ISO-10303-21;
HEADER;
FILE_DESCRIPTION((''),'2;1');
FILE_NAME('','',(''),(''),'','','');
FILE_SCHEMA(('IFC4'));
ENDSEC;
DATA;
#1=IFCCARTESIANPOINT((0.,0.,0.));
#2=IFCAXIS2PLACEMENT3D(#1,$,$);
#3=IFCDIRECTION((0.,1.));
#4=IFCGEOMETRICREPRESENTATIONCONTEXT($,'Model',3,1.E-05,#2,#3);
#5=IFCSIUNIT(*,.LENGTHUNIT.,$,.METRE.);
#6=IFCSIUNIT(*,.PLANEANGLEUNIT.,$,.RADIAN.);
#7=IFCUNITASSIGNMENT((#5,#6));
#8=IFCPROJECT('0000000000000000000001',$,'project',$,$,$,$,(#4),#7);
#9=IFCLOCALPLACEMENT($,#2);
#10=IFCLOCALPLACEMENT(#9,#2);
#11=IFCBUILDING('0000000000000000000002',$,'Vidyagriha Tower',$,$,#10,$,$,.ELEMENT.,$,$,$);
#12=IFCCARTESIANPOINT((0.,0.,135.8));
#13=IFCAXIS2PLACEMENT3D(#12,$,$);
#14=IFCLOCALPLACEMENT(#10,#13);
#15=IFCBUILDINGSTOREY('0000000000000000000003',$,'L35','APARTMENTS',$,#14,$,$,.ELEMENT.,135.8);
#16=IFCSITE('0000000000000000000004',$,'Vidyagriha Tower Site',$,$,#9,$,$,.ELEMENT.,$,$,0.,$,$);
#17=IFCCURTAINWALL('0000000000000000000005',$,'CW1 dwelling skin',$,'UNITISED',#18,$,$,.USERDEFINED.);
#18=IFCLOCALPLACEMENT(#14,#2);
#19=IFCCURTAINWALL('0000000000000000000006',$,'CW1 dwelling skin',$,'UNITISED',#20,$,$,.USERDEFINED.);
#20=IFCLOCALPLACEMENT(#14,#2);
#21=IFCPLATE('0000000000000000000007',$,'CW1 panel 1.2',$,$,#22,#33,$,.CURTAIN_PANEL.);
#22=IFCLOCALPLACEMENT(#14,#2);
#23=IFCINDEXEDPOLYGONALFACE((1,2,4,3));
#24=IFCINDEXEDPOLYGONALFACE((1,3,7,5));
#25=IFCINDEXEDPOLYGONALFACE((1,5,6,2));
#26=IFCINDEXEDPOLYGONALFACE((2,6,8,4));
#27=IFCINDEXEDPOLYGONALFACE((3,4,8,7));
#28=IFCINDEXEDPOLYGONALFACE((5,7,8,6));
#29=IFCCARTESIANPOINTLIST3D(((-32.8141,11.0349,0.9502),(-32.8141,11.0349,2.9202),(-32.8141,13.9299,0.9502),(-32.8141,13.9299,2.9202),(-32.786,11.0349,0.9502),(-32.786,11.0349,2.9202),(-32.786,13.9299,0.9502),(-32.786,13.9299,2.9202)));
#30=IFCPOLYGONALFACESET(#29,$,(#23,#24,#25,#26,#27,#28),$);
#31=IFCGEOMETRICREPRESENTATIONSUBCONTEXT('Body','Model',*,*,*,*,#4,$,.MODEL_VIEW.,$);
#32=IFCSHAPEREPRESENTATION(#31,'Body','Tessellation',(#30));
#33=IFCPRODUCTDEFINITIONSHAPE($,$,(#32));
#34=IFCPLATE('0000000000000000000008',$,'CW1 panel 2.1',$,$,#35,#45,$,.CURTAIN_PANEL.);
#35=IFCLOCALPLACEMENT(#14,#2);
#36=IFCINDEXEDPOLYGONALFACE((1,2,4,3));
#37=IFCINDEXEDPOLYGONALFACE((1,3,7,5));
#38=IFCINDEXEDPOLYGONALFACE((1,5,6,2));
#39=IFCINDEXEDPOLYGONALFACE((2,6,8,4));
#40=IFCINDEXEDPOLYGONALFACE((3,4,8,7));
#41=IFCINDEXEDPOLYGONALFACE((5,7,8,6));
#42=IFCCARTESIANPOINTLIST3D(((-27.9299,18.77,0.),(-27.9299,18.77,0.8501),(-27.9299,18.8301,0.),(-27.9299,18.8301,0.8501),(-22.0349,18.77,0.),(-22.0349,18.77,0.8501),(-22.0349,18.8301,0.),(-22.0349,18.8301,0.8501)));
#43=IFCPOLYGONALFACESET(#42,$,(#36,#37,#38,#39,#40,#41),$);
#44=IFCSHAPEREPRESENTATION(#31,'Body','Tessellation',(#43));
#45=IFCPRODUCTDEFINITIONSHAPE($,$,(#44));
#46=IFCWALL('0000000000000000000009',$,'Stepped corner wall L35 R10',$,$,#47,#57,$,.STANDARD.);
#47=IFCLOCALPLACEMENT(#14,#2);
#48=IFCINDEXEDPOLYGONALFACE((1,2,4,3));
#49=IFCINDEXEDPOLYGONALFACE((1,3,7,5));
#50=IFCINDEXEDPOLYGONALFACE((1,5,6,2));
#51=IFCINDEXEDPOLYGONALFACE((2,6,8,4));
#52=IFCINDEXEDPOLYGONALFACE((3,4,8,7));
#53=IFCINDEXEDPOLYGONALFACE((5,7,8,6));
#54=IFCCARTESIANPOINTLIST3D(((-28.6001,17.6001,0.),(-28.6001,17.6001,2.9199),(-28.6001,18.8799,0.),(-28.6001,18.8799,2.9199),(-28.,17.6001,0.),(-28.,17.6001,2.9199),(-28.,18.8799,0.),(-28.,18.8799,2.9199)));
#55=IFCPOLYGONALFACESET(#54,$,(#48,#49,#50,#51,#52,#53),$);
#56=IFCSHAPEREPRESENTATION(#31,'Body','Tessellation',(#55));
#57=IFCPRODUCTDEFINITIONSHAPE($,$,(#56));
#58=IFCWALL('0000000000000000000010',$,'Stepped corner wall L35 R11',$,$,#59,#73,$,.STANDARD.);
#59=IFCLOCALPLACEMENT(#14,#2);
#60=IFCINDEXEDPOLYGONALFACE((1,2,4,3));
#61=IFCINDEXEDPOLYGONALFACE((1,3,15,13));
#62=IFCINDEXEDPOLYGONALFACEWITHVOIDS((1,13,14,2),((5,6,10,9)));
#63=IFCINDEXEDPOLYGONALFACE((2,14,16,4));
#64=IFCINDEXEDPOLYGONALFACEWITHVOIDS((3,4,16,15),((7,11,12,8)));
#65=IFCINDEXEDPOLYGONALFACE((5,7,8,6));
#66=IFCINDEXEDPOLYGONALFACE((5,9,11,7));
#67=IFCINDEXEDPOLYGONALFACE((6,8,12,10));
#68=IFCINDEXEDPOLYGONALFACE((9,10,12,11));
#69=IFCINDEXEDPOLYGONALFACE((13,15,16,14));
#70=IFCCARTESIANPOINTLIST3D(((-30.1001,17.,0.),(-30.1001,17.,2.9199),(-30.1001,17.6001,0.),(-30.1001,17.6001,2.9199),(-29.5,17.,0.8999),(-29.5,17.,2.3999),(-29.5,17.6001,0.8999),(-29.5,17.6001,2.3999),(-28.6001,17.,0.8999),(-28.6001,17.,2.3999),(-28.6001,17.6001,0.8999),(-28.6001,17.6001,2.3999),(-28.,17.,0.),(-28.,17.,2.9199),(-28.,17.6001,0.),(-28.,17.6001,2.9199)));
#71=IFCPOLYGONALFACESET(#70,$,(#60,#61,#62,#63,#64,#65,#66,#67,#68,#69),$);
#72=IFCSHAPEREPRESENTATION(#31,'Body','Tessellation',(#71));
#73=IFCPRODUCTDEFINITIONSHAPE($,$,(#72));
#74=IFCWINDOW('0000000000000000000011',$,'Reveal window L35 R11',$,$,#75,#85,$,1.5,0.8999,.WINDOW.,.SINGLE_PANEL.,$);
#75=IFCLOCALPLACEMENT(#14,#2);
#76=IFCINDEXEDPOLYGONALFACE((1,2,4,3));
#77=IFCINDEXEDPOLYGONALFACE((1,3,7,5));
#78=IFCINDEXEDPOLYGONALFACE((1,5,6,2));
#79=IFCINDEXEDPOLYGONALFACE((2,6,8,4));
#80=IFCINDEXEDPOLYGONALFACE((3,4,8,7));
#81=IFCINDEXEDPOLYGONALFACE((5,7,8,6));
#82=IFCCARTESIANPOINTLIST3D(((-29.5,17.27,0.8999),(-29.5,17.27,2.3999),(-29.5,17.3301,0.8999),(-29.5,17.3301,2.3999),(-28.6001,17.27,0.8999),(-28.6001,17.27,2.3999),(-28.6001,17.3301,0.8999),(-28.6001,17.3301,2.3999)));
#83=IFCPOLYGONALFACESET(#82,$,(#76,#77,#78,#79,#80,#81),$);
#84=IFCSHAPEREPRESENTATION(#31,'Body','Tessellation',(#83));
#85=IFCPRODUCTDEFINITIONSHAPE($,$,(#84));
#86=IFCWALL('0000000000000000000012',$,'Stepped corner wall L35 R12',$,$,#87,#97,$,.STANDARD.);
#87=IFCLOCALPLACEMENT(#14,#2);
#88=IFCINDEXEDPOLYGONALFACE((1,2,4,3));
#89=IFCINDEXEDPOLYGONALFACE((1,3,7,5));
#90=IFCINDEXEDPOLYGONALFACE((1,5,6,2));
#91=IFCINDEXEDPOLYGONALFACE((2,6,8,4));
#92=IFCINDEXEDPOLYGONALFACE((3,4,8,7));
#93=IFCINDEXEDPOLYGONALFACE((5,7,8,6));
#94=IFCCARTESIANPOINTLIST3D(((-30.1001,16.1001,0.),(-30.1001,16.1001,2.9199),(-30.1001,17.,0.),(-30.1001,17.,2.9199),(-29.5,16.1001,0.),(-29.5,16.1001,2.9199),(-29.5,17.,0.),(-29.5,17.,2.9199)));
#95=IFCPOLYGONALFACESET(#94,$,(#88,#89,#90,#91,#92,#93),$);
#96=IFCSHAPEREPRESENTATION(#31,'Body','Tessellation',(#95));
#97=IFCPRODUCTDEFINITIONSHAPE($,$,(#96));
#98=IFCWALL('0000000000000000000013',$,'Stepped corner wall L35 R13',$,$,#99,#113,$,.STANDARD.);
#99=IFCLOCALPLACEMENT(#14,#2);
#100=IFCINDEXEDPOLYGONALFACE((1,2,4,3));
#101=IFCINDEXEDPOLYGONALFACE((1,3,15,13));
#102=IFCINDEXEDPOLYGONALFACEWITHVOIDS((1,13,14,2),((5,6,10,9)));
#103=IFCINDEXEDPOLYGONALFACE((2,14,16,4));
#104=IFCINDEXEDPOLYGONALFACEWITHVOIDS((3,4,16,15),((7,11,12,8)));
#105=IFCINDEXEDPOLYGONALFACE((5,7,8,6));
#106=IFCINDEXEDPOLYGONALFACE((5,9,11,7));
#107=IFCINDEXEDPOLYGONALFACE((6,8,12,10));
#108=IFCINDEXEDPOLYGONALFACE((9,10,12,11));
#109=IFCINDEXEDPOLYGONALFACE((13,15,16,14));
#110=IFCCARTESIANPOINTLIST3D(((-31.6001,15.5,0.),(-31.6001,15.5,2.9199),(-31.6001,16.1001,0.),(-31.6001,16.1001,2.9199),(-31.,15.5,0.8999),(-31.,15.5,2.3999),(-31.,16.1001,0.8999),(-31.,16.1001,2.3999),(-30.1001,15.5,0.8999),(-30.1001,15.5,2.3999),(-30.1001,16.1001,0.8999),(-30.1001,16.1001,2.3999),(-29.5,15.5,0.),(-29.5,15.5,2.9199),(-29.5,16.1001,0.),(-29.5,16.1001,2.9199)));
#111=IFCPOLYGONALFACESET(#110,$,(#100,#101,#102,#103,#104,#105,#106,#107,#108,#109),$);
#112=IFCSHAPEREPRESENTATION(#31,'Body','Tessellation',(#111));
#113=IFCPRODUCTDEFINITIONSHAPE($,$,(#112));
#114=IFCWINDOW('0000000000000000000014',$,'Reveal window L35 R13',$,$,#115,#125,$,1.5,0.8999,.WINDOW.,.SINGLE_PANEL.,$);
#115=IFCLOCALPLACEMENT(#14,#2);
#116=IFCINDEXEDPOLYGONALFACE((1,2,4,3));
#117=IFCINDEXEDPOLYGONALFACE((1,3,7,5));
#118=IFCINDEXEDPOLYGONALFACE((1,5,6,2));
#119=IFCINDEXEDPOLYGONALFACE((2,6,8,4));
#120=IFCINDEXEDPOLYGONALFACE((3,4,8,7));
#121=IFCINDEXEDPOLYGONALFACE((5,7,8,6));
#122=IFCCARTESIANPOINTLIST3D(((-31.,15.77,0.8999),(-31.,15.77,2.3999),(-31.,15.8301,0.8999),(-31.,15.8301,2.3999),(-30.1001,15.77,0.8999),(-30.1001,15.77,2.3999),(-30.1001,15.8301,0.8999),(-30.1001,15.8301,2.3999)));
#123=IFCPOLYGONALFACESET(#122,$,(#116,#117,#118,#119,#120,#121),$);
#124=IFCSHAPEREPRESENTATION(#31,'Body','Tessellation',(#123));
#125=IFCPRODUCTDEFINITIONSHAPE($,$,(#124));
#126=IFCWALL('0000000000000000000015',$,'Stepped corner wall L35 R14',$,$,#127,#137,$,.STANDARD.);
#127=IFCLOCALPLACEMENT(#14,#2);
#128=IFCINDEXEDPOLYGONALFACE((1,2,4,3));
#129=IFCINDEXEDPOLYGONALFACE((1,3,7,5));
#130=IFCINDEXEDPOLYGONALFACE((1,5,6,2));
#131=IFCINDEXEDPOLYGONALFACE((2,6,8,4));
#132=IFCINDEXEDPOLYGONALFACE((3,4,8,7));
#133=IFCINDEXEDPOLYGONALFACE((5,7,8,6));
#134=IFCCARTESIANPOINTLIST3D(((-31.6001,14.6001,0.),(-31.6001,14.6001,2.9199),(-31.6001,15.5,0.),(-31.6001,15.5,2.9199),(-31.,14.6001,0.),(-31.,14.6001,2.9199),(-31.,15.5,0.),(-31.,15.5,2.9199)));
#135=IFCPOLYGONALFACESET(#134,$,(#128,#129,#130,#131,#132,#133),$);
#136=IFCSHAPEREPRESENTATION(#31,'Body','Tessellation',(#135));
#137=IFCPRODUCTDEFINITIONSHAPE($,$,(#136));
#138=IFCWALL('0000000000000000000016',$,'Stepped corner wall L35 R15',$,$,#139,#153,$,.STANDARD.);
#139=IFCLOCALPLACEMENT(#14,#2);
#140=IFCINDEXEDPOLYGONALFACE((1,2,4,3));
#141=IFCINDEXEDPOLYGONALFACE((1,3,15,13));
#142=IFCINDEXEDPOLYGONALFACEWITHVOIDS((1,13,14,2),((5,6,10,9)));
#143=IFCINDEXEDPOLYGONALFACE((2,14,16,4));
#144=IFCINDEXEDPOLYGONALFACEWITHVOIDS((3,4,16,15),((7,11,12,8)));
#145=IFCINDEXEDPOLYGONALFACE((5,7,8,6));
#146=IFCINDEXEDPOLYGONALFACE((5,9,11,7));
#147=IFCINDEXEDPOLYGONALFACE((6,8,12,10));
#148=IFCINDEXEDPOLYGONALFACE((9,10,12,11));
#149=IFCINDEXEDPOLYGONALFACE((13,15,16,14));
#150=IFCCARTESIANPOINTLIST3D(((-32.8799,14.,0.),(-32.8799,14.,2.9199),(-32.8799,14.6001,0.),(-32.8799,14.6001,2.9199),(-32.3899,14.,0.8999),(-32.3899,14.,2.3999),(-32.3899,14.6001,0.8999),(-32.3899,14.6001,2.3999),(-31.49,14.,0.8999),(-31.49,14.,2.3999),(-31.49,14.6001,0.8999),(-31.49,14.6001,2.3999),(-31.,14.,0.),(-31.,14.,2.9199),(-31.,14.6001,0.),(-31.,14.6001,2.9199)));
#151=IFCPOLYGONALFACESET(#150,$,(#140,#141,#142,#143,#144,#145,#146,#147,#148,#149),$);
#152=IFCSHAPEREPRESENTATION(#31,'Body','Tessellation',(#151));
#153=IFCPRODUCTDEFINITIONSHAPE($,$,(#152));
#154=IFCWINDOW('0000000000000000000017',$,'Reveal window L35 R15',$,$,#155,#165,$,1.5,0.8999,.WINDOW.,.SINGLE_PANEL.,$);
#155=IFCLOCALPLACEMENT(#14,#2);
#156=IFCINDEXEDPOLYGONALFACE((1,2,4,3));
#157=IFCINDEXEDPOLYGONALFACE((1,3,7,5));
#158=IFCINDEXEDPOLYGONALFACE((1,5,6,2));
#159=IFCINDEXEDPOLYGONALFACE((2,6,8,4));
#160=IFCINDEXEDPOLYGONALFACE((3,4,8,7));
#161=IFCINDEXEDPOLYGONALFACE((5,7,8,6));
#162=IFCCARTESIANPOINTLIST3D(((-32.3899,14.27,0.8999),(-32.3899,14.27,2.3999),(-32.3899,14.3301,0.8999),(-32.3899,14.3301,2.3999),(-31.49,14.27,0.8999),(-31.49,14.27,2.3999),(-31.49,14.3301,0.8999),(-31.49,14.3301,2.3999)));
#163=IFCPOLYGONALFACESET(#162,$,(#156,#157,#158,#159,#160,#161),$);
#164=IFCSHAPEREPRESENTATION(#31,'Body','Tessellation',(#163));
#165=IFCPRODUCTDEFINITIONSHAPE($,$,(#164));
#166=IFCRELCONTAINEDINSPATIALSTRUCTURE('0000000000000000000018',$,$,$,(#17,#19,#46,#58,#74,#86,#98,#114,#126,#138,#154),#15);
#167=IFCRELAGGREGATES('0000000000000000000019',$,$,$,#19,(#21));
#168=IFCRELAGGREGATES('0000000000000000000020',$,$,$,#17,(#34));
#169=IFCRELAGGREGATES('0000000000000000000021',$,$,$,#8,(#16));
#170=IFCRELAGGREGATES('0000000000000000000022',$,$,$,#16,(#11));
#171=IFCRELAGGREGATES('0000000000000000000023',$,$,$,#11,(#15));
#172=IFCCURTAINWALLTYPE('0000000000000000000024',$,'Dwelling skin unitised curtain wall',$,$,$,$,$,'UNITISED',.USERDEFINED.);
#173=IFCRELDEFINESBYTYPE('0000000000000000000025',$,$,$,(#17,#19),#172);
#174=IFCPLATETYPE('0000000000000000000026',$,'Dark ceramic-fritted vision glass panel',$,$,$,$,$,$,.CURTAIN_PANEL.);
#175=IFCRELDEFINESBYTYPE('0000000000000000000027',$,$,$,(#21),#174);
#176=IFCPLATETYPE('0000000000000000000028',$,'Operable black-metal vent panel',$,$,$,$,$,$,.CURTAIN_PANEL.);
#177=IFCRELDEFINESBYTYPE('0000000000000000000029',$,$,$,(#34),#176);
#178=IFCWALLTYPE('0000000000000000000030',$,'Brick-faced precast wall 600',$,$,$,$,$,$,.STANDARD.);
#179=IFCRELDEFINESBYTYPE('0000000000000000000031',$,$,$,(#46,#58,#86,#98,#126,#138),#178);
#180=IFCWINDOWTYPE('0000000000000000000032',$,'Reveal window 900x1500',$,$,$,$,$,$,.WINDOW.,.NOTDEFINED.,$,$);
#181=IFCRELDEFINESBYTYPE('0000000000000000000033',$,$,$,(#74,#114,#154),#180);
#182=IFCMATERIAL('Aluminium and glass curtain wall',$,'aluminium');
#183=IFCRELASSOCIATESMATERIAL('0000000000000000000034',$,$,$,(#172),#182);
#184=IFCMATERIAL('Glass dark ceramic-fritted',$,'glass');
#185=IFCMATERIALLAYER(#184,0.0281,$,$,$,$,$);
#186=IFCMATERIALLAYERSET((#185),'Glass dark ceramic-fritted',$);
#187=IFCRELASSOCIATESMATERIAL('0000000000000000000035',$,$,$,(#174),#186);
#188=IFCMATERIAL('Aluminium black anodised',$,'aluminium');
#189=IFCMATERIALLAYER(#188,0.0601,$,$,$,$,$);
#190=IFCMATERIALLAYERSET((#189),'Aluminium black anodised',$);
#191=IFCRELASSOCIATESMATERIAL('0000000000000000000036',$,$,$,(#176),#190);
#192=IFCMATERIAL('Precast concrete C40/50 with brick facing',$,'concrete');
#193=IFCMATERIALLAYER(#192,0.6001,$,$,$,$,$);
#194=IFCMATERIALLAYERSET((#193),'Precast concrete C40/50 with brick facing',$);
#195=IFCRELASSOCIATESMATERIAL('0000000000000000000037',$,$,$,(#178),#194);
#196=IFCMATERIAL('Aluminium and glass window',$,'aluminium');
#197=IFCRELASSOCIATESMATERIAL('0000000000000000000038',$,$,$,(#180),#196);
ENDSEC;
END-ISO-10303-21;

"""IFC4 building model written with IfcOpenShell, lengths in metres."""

from ifc_helpers import new_model, si_unit, direction, frame, frame_2d, origin, origin_2d, place, context, subcontext, project, spatial, rectangle, extrude, material, layer, layer_set, type_object, element, fill, aggregate, save


model = new_model("IFC4")

# Units and contexts
model_context = context("Model", 3, precision=1e-05, world=origin(), true_north=direction((0.0, 1.0)))
body_context = subcontext(model_context, "Body", "Model", "MODEL_VIEW")
ifc_project = project(units=[si_unit("LENGTHUNIT", "METRE"), si_unit("PLANEANGLEUNIT", "RADIAN")], contexts=[model_context])

# Site, building, storey
site_placement = place(None, origin())
site = spatial("IfcSite", under=ifc_project, at=site_placement, Name="Vidyagriha Tower Site", CompositionType="ELEMENT", RefElevation=0.0)
building_placement = place(site_placement, origin())
building = spatial("IfcBuilding", under=site, at=building_placement, Name="Vidyagriha Tower", CompositionType="ELEMENT")
storey_placement = place(building_placement, frame((0.0, 0.0, 135.8)))
storey = spatial("IfcBuildingStorey", under=building, at=storey_placement, Name="L35", Description="APARTMENTS", CompositionType="ELEMENT", Elevation=135.8)

# Curtain wall
ifc_material_1 = material(Name="Aluminium and glass curtain wall", Category="aluminium")
curtain_wall_type = type_object("IfcCurtainWallType", Name="Dwelling skin unitised curtain wall", ElementType="UNITISED", PredefinedType="USERDEFINED", material=ifc_material_1)
curtain_wall_1_placement = place(storey_placement, origin())
curtain_wall_1 = element("IfcCurtainWall", 1, at=curtain_wall_1_placement, inside=storey, type_object=curtain_wall_type, Name="CW1 dwelling skin", ObjectType="UNITISED", PredefinedType="USERDEFINED")

# Curtain wall
curtain_wall_2_placement = place(storey_placement, origin())
curtain_wall_2 = element("IfcCurtainWall", 2, at=curtain_wall_2_placement, inside=storey, type_object=curtain_wall_type, Name="CW1 dwelling skin", ObjectType="UNITISED", PredefinedType="USERDEFINED")

# Plates
ifc_material_2 = material(Name="Glass dark ceramic-fritted", Category="glass")
ifc_layer_1 = layer(ifc_material_2, 0.0281)
ifc_layer_set_1 = layer_set([ifc_layer_1], Name="Glass dark ceramic-fritted")
plate_type_1 = type_object("IfcPlateType", Name="Dark ceramic-fritted vision glass panel", PredefinedType="CURTAIN_PANEL", material=ifc_layer_set_1)
plate_1_placement = place(storey_placement, frame((-32.8, 12.4824, 0.9502), z_axis=(0.0, 0.0, 1.0), x_axis=(0.0, -1.0, 0.0)))
plate_1 = element("IfcPlate", 3, at=plate_1_placement, type_object=plate_type_1, Name="CW1 panel 1.2", PredefinedType="CURTAIN_PANEL", context=body_context, shape_type="SweptSolid", body=[
    extrude(rectangle(XDim=2.895, YDim=0.0281, at=origin_2d()), origin(), (0.0, 0.0, 1.0), 1.97),
])
aggregate(curtain_wall_2, [plate_1])
ifc_material_3 = material(Name="Aluminium black anodised", Category="aluminium")
ifc_layer_2 = layer(ifc_material_3, 0.0601)
ifc_layer_set_2 = layer_set([ifc_layer_2], Name="Aluminium black anodised")
plate_type_2 = type_object("IfcPlateType", Name="Operable black-metal vent panel", PredefinedType="CURTAIN_PANEL", material=ifc_layer_set_2)
plate_2_placement = place(storey_placement, frame((-24.9824, 18.8, 0.0), z_axis=(0.0, 0.0, 1.0), x_axis=(-1.0, 0.0, 0.0)))
plate_2 = element("IfcPlate", 4, at=plate_2_placement, type_object=plate_type_2, Name="CW1 panel 2.1", PredefinedType="CURTAIN_PANEL", context=body_context, shape_type="SweptSolid", body=[
    extrude(rectangle(XDim=5.895, YDim=0.0601, at=origin_2d()), origin(), (0.0, 0.0, 1.0), 0.8501),
])
aggregate(curtain_wall_1, [plate_2])

# Wall
ifc_material_4 = material(Name="Precast concrete C40/50 with brick facing", Category="concrete")
ifc_layer_3 = layer(ifc_material_4, 0.6001)
ifc_layer_set_3 = layer_set([ifc_layer_3], Name="Precast concrete C40/50 with brick facing")
wall_type_1 = type_object("IfcWallType", Name="Brick-faced precast wall 600", PredefinedType="STANDARD", material=ifc_layer_set_3)
wall_1_placement = place(storey_placement, frame((-28.3, 18.8799, 0.0), z_axis=(0.0, 0.0, 1.0), x_axis=(0.0, -1.0, 0.0)))
element("IfcWall", 5, at=wall_1_placement, inside=storey, type_object=wall_type_1, Name="Stepped corner wall L35 R10", PredefinedType="STANDARD", context=body_context, shape_type="SweptSolid", body=[
    extrude(rectangle(XDim=1.2798, YDim=0.6001, at=frame_2d((0.6399, 0.0))), origin(), (0.0, 0.0, 1.0), 2.9199),
])

# Wall, opening, window
wall_2_placement = place(storey_placement, frame((-28.0, 17.3, 0.0), z_axis=(0.0, 0.0, 1.0), x_axis=(-1.0, 0.0, 0.0)))
wall_2 = element("IfcWall", 6, at=wall_2_placement, inside=storey, type_object=wall_type_1, Name="Stepped corner wall L35 R11", PredefinedType="STANDARD", context=body_context, shape_type="SweptSolid", body=[
    extrude(rectangle(XDim=2.1001, YDim=0.6001, at=frame_2d((1.05, 0.0))), origin(), (0.0, 0.0, 1.0), 2.9199),
])
opening_1_placement = place(wall_2_placement, frame((0.6001, 0.0, 0.8999)))
opening_1 = element("IfcOpeningElement", 7, at=opening_1_placement, cuts=wall_2, PredefinedType="OPENING", context=body_context, shape_type="SweptSolid", body=[
    extrude(rectangle(XDim=0.8999, YDim=1.5, at=frame_2d((0.45, 0.75))), frame((0.0, 0.3101, 0.0), z_axis=(0.0, -1.0, 0.0), x_axis=(1.0, 0.0, 0.0)), (0.0, 0.0, 1.0), 0.6201),
])
ifc_material_5 = material(Name="Aluminium and glass window", Category="aluminium")
window_type = type_object("IfcWindowType", Name="Reveal window 900x1500", PartitioningType="NOTDEFINED", PredefinedType="WINDOW", material=ifc_material_5)
window_1_placement = place(opening_1_placement, origin())
window_1 = element("IfcWindow", 8, at=window_1_placement, inside=storey, type_object=window_type, Name="Reveal window L35 R11", OverallHeight=1.5, OverallWidth=0.8999, PartitioningType="SINGLE_PANEL", PredefinedType="WINDOW", context=body_context, shape_type="SweptSolid", body=[
    extrude(rectangle(XDim=0.8999, YDim=1.5, at=frame_2d((0.45, 0.75))), frame((0.0, 0.03, 0.0), z_axis=(0.0, -1.0, 0.0), x_axis=(1.0, 0.0, 0.0)), (0.0, 0.0, 1.0), 0.0601),
])
fill(opening_1, window_1)

# Wall
wall_3_placement = place(storey_placement, frame((-29.8, 17.0, 0.0), z_axis=(0.0, 0.0, 1.0), x_axis=(0.0, -1.0, 0.0)))
element("IfcWall", 9, at=wall_3_placement, inside=storey, type_object=wall_type_1, Name="Stepped corner wall L35 R12", PredefinedType="STANDARD", context=body_context, shape_type="SweptSolid", body=[
    extrude(rectangle(XDim=0.8999, YDim=0.6001, at=frame_2d((0.45, 0.0))), origin(), (0.0, 0.0, 1.0), 2.9199),
])

# Wall, opening, window
wall_4_placement = place(storey_placement, frame((-29.5, 15.8, 0.0), z_axis=(0.0, 0.0, 1.0), x_axis=(-1.0, 0.0, 0.0)))
wall_4 = element("IfcWall", 10, at=wall_4_placement, inside=storey, type_object=wall_type_1, Name="Stepped corner wall L35 R13", PredefinedType="STANDARD", context=body_context, shape_type="SweptSolid", body=[
    extrude(rectangle(XDim=2.1001, YDim=0.6001, at=frame_2d((1.05, 0.0))), origin(), (0.0, 0.0, 1.0), 2.9199),
])
opening_2_placement = place(wall_4_placement, frame((0.6001, 0.0, 0.8999)))
opening_2 = element("IfcOpeningElement", 11, at=opening_2_placement, cuts=wall_4, PredefinedType="OPENING", context=body_context, shape_type="SweptSolid", body=[
    extrude(rectangle(XDim=0.8999, YDim=1.5, at=frame_2d((0.45, 0.75))), frame((0.0, 0.3101, 0.0), z_axis=(0.0, -1.0, 0.0), x_axis=(1.0, 0.0, 0.0)), (0.0, 0.0, 1.0), 0.6201),
])
window_2_placement = place(opening_2_placement, origin())
window_2 = element("IfcWindow", 12, at=window_2_placement, inside=storey, type_object=window_type, Name="Reveal window L35 R13", OverallHeight=1.5, OverallWidth=0.8999, PartitioningType="SINGLE_PANEL", PredefinedType="WINDOW", context=body_context, shape_type="SweptSolid", body=[
    extrude(rectangle(XDim=0.8999, YDim=1.5, at=frame_2d((0.45, 0.75))), frame((0.0, 0.03, 0.0), z_axis=(0.0, -1.0, 0.0), x_axis=(1.0, 0.0, 0.0)), (0.0, 0.0, 1.0), 0.0601),
])
fill(opening_2, window_2)

# Wall
wall_5_placement = place(storey_placement, frame((-31.3, 15.5, 0.0), z_axis=(0.0, 0.0, 1.0), x_axis=(0.0, -1.0, 0.0)))
element("IfcWall", 13, at=wall_5_placement, inside=storey, type_object=wall_type_1, Name="Stepped corner wall L35 R14", PredefinedType="STANDARD", context=body_context, shape_type="SweptSolid", body=[
    extrude(rectangle(XDim=0.8999, YDim=0.6001, at=frame_2d((0.45, 0.0))), origin(), (0.0, 0.0, 1.0), 2.9199),
])

# Wall, opening, window
wall_6_placement = place(storey_placement, frame((-31.0, 14.3, 0.0), z_axis=(0.0, 0.0, 1.0), x_axis=(-1.0, 0.0, 0.0)))
wall_6 = element("IfcWall", 14, at=wall_6_placement, inside=storey, type_object=wall_type_1, Name="Stepped corner wall L35 R15", PredefinedType="STANDARD", context=body_context, shape_type="SweptSolid", body=[
    extrude(rectangle(XDim=1.8799, YDim=0.6001, at=frame_2d((0.9399, 0.0))), origin(), (0.0, 0.0, 1.0), 2.9199),
])
opening_3_placement = place(wall_6_placement, frame((0.49, 0.0, 0.8999)))
opening_3 = element("IfcOpeningElement", 15, at=opening_3_placement, cuts=wall_6, PredefinedType="OPENING", context=body_context, shape_type="SweptSolid", body=[
    extrude(rectangle(XDim=0.8999, YDim=1.5, at=frame_2d((0.45, 0.75))), frame((0.0, 0.3101, 0.0), z_axis=(0.0, -1.0, 0.0), x_axis=(1.0, 0.0, 0.0)), (0.0, 0.0, 1.0), 0.6201),
])
window_3_placement = place(opening_3_placement, origin())
window_3 = element("IfcWindow", 16, at=window_3_placement, inside=storey, type_object=window_type, Name="Reveal window L35 R15", OverallHeight=1.5, OverallWidth=0.8999, PartitioningType="SINGLE_PANEL", PredefinedType="WINDOW", context=body_context, shape_type="SweptSolid", body=[
    extrude(rectangle(XDim=0.8999, YDim=1.5, at=frame_2d((0.45, 0.75))), frame((0.0, 0.03, 0.0), z_axis=(0.0, -1.0, 0.0), x_axis=(1.0, 0.0, 0.0)), (0.0, 0.0, 1.0), 0.0601),
])
fill(opening_3, window_3)

save(model, "model.ifc")
